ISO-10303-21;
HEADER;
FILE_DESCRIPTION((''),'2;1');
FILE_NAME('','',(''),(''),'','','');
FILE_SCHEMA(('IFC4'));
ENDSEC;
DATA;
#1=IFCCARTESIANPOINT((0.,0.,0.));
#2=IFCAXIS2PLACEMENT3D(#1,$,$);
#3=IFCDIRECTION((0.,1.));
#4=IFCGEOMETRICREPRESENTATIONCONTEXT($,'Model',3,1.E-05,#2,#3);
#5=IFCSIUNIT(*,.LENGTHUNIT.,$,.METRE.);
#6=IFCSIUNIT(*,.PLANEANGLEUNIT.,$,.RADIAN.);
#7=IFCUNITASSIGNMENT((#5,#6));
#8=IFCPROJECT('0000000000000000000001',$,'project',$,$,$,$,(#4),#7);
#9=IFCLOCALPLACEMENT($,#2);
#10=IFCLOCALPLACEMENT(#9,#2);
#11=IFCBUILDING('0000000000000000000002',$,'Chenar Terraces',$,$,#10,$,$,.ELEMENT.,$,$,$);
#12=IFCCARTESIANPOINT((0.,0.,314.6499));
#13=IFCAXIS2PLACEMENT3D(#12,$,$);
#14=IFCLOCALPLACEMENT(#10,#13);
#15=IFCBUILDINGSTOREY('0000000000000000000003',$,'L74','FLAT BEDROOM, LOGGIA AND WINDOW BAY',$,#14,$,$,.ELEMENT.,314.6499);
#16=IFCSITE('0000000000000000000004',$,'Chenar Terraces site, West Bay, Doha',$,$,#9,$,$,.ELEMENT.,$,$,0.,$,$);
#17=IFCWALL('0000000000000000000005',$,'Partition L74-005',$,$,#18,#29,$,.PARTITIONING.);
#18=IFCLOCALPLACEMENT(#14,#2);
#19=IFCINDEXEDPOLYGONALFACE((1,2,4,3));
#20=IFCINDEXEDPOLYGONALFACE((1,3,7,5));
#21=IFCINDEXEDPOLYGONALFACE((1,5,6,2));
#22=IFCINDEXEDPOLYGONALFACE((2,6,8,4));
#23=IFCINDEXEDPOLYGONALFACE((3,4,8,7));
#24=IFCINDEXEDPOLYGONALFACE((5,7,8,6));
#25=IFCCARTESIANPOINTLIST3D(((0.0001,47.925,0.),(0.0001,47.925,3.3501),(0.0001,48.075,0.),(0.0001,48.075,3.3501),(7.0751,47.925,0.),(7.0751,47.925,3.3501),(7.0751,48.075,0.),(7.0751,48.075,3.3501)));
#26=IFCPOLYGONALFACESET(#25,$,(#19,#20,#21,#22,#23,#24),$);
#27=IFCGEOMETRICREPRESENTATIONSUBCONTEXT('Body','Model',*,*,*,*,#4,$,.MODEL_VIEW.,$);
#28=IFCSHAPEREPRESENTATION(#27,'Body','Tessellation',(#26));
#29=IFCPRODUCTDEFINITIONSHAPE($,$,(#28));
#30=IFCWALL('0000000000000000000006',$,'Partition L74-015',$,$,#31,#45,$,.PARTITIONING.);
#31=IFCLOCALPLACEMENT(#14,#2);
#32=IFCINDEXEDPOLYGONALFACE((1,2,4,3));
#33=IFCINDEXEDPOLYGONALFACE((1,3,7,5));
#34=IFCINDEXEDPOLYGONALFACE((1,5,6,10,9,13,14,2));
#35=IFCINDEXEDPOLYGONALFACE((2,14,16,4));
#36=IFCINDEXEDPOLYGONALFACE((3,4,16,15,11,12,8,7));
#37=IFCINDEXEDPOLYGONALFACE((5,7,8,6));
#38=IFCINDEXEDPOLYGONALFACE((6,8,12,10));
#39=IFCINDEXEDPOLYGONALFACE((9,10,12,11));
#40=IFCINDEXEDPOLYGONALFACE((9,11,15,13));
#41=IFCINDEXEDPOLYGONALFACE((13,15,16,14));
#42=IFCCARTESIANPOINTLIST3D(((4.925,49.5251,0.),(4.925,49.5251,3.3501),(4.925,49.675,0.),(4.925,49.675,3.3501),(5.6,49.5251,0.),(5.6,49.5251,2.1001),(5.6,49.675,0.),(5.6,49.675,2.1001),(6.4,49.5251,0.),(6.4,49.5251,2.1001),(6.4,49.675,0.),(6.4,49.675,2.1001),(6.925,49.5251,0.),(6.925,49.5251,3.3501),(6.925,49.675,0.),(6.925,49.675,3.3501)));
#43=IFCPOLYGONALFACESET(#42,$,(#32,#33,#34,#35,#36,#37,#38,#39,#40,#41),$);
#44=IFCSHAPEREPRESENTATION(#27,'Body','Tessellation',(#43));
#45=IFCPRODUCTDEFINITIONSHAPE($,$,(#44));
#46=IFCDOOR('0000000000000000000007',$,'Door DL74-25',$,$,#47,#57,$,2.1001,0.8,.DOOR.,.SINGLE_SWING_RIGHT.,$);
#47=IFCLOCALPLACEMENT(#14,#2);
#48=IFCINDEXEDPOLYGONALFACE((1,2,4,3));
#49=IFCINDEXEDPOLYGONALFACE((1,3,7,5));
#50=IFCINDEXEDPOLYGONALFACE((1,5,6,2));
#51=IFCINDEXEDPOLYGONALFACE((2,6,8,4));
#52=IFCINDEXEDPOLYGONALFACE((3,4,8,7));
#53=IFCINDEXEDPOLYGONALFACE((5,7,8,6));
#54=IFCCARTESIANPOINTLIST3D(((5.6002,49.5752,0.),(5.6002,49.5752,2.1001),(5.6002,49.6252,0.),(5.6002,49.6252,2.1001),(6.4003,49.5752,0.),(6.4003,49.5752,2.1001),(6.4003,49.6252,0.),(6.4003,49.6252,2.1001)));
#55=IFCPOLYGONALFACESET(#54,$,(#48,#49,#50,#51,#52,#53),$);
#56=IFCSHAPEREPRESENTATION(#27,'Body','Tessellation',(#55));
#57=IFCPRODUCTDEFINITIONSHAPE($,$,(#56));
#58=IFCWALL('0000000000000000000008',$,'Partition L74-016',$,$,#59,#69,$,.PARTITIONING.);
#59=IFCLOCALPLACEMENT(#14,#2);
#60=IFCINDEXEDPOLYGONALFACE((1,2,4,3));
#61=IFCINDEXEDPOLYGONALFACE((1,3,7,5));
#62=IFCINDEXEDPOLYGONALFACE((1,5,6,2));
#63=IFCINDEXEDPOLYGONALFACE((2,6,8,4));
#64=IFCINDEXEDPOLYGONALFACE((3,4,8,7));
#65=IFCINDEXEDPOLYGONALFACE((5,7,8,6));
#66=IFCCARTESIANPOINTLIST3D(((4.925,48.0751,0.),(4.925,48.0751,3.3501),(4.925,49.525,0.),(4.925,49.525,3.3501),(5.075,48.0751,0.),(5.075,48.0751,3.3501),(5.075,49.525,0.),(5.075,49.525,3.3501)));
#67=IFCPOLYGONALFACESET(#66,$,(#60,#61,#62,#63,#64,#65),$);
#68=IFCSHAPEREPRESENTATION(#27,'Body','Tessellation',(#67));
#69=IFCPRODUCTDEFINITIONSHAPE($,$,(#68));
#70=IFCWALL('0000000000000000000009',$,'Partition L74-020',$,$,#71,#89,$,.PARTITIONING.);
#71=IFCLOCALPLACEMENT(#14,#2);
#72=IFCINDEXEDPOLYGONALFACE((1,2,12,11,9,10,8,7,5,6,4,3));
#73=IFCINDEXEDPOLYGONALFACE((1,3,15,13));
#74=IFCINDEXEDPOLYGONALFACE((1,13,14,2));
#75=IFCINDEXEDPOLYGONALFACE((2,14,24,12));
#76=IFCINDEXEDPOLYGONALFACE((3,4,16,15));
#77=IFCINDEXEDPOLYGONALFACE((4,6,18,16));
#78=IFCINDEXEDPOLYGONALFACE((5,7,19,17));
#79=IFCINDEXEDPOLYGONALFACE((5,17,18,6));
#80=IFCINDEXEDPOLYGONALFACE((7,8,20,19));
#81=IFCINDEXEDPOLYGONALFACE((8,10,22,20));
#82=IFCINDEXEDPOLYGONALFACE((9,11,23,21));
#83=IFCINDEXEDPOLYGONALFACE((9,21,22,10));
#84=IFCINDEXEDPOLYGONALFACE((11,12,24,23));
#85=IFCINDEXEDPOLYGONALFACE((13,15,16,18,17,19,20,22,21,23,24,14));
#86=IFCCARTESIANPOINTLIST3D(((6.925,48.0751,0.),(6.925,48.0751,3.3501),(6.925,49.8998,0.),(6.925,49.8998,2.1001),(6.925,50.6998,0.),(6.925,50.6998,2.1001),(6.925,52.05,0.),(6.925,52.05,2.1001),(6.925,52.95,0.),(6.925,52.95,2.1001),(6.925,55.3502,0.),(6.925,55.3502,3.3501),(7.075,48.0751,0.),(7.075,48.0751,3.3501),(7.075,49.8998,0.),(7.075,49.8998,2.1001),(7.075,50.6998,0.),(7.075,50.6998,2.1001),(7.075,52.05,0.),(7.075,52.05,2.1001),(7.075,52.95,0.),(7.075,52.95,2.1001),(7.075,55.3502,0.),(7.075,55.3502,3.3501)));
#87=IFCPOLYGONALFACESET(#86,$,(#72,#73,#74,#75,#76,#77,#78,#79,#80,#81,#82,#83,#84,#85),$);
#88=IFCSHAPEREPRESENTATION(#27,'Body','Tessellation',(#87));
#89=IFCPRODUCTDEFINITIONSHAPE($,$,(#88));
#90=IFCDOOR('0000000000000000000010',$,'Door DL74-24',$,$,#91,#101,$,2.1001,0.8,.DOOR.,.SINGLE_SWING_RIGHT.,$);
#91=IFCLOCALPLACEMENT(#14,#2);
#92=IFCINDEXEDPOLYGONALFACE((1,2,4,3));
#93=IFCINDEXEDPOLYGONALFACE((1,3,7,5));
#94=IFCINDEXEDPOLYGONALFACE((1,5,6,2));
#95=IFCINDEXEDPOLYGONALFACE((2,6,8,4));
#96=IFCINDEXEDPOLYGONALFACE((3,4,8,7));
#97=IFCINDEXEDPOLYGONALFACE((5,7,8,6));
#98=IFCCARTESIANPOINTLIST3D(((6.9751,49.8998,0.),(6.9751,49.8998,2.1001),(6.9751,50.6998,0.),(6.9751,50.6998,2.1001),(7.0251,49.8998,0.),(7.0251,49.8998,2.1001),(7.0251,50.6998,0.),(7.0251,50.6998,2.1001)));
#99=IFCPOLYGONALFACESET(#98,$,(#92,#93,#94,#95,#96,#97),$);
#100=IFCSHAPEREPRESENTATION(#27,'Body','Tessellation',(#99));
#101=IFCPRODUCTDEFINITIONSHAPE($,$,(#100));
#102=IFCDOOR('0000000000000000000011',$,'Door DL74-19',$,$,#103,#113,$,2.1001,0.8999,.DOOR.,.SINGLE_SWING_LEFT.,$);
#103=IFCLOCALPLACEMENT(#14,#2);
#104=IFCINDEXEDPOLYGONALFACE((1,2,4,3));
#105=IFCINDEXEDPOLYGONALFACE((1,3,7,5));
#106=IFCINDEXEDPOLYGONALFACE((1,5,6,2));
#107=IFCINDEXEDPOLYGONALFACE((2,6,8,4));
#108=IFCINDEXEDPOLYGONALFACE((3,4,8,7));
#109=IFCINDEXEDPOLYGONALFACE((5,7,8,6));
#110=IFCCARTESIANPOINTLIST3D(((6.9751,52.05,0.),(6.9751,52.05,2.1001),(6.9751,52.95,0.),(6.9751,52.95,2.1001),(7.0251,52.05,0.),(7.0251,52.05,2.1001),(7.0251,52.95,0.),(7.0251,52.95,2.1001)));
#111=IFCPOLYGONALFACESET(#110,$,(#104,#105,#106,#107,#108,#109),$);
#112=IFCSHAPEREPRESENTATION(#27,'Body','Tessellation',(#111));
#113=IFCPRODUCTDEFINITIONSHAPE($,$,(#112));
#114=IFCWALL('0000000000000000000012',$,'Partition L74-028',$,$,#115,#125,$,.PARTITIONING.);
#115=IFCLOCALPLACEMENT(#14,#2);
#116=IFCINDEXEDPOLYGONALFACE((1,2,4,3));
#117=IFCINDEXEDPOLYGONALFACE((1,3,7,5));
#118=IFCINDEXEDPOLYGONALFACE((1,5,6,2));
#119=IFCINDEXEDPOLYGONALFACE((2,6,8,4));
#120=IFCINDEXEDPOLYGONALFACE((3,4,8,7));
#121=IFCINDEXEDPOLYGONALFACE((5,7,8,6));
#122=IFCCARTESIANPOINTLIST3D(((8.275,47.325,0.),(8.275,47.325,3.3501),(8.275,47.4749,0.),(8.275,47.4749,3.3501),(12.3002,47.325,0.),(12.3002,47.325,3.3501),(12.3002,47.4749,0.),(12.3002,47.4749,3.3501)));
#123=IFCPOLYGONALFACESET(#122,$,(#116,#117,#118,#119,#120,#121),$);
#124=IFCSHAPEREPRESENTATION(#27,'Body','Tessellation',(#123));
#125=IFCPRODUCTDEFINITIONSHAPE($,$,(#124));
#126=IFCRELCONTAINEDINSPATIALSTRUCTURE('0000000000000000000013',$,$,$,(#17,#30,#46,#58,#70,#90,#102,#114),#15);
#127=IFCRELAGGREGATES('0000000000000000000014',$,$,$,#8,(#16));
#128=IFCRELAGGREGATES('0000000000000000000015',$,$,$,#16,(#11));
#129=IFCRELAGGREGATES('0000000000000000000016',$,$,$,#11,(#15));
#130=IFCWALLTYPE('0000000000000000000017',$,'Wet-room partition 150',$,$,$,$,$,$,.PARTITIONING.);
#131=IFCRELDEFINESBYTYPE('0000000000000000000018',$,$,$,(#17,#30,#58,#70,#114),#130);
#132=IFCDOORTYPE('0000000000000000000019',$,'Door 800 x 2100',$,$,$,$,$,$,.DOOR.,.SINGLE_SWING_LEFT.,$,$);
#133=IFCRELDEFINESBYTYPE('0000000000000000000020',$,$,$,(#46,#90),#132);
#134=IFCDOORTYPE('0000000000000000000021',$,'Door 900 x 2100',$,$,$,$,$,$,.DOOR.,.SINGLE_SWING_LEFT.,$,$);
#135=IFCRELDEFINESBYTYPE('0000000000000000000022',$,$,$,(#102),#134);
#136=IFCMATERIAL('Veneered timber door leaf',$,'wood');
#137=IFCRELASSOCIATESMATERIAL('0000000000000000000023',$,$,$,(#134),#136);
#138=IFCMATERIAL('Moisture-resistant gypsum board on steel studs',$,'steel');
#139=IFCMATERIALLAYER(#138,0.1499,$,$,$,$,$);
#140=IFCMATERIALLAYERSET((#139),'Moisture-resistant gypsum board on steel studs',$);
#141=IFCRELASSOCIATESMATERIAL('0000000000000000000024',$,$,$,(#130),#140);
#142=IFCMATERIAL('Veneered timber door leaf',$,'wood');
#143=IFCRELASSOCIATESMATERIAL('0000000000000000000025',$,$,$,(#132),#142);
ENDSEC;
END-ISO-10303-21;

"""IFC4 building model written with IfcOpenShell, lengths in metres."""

from ifc_helpers import new_model, si_unit, direction, frame, frame_2d, origin, place, context, subcontext, project, spatial, rectangle, extrude, material, layer, layer_set, type_object, element, fill, save


model = new_model("IFC4")

# Units and contexts
model_context = context("Model", 3, precision=1e-05, world=origin(), true_north=direction((0.0, 1.0)))
body_context = subcontext(model_context, "Body", "Model", "MODEL_VIEW")
ifc_project = project(units=[si_unit("LENGTHUNIT", "METRE"), si_unit("PLANEANGLEUNIT", "RADIAN")], contexts=[model_context])

# Site, building, storey
site_placement = place(None, origin())
site = spatial("IfcSite", under=ifc_project, at=site_placement, Name="Chenar Terraces site, West Bay, Doha", CompositionType="ELEMENT", RefElevation=0.0)
building_placement = place(site_placement, origin())
building = spatial("IfcBuilding", under=site, at=building_placement, Name="Chenar Terraces", CompositionType="ELEMENT")
storey_placement = place(building_placement, frame((0.0, 0.0, 314.6499)))
storey = spatial("IfcBuildingStorey", under=building, at=storey_placement, Name="L74", Description="FLAT BEDROOM, LOGGIA AND WINDOW BAY", CompositionType="ELEMENT", Elevation=314.6499)

# Shared definitions
ifc_material_1 = material(Name="Veneered timber door leaf", Category="wood")
door_type_1 = type_object("IfcDoorType", Name="Door 900 x 2100", OperationType="SINGLE_SWING_LEFT", PredefinedType="DOOR", material=ifc_material_1)

# Wall
ifc_material_2 = material(Name="Moisture-resistant gypsum board on steel studs", Category="steel")
ifc_layer_1 = layer(ifc_material_2, 0.1499)
ifc_layer_set_1 = layer_set([ifc_layer_1], Name="Moisture-resistant gypsum board on steel studs")
wall_type_1 = type_object("IfcWallType", Name="Wet-room partition 150", PredefinedType="PARTITIONING", material=ifc_layer_set_1)
wall_1_placement = place(storey_placement, frame((0.0, 48.0, 0.0), z_axis=(0.0, 0.0, 1.0), x_axis=(1.0, 0.0, 0.0)))
element("IfcWall", 1, at=wall_1_placement, inside=storey, type_object=wall_type_1, Name="Partition L74-005", PredefinedType="PARTITIONING", context=body_context, shape_type="SweptSolid", body=[
    extrude(rectangle(XDim=7.075, YDim=0.1499, at=frame_2d((3.5376, 0.0))), origin(), (0.0, 0.0, 1.0), 3.3501),
])

# Wall, opening, door
wall_2_placement = place(storey_placement, frame((4.925, 49.6001, 0.0), z_axis=(0.0, 0.0, 1.0), x_axis=(1.0, 0.0, 0.0)))
wall_2 = element("IfcWall", 2, at=wall_2_placement, inside=storey, type_object=wall_type_1, Name="Partition L74-015", PredefinedType="PARTITIONING", context=body_context, shape_type="SweptSolid", body=[
    extrude(rectangle(XDim=2.0, YDim=0.1499, at=frame_2d((1.0, 0.0))), origin(), (0.0, 0.0, 1.0), 3.3501),
])
opening_1_placement = place(wall_2_placement, frame((0.675, 0.0, 0.0)))
opening_1 = element("IfcOpeningElement", 3, at=opening_1_placement, cuts=wall_2, PredefinedType="OPENING", context=body_context, shape_type="SweptSolid", body=[
    extrude(rectangle(XDim=0.8, YDim=2.1001, at=frame_2d((0.3999, 1.05))), frame((0.0, 0.085, 0.0), z_axis=(0.0, -1.0, 0.0), x_axis=(1.0, 0.0, 0.0)), (0.0, 0.0, 1.0), 0.1699),
])
ifc_material_3 = material(Name="Veneered timber door leaf", Category="wood")
door_type_2 = type_object("IfcDoorType", Name="Door 800 x 2100", OperationType="SINGLE_SWING_LEFT", PredefinedType="DOOR", material=ifc_material_3)
door_1_placement = place(opening_1_placement, frame((0.8, 0.0, 0.0), z_axis=(0.0, 0.0, 1.0), x_axis=(-1.0, 0.0, 0.0)))
door_1 = element("IfcDoor", 4, at=door_1_placement, inside=storey, type_object=door_type_2, Name="Door DL74-25", OperationType="SINGLE_SWING_RIGHT", OverallHeight=2.1001, OverallWidth=0.8, PredefinedType="DOOR", context=body_context, shape_type="SweptSolid", body=[
    extrude(rectangle(XDim=0.8, YDim=2.1001, at=frame_2d((0.3999, 1.05))), frame((0.0, 0.0249, 0.0), z_axis=(0.0, -1.0, 0.0), x_axis=(1.0, 0.0, 0.0)), (0.0, 0.0, 1.0), 0.05),
])
fill(opening_1, door_1)

# Wall
wall_3_placement = place(storey_placement, frame((5.0, 48.075, 0.0), z_axis=(0.0, 0.0, 1.0), x_axis=(0.0, 1.0, 0.0)))
element("IfcWall", 5, at=wall_3_placement, inside=storey, type_object=wall_type_1, Name="Partition L74-016", PredefinedType="PARTITIONING", context=body_context, shape_type="SweptSolid", body=[
    extrude(rectangle(XDim=1.45, YDim=0.1499, at=frame_2d((0.7251, 0.0))), origin(), (0.0, 0.0, 1.0), 3.3501),
])

# Wall, openings, doors
wall_4_placement = place(storey_placement, frame((7.0, 48.075, 0.0), z_axis=(0.0, 0.0, 1.0), x_axis=(0.0, 1.0, 0.0)))
wall_4 = element("IfcWall", 6, at=wall_4_placement, inside=storey, type_object=wall_type_1, Name="Partition L74-020", PredefinedType="PARTITIONING", context=body_context, shape_type="SweptSolid", body=[
    extrude(rectangle(XDim=7.2751, YDim=0.1499, at=frame_2d((3.6377, 0.0))), origin(), (0.0, 0.0, 1.0), 3.3501),
])
opening_2_placement = place(wall_4_placement, frame((3.9751, 0.0, 0.0)))
opening_2 = element("IfcOpeningElement", 7, at=opening_2_placement, cuts=wall_4, PredefinedType="OPENING", context=body_context, shape_type="SweptSolid", body=[
    extrude(rectangle(XDim=0.8999, YDim=2.1001, at=frame_2d((0.45, 1.05))), frame((0.0, 0.085, 0.0), z_axis=(0.0, -1.0, 0.0), x_axis=(1.0, 0.0, 0.0)), (0.0, 0.0, 1.0), 0.1699),
])
opening_3_placement = place(wall_4_placement, frame((1.825, 0.0, 0.0)))
opening_3 = element("IfcOpeningElement", 8, at=opening_3_placement, cuts=wall_4, PredefinedType="OPENING", context=body_context, shape_type="SweptSolid", body=[
    extrude(rectangle(XDim=0.8, YDim=2.1001, at=frame_2d((0.3999, 1.05))), frame((0.0, 0.085, 0.0), z_axis=(0.0, -1.0, 0.0), x_axis=(1.0, 0.0, 0.0)), (0.0, 0.0, 1.0), 0.1699),
])
door_2_placement = place(opening_3_placement, origin())
door_2 = element("IfcDoor", 9, at=door_2_placement, inside=storey, type_object=door_type_2, Name="Door DL74-24", OperationType="SINGLE_SWING_RIGHT", OverallHeight=2.1001, OverallWidth=0.8, PredefinedType="DOOR", context=body_context, shape_type="SweptSolid", body=[
    extrude(rectangle(XDim=0.8, YDim=2.1001, at=frame_2d((0.3999, 1.05))), frame((0.0, 0.0249, 0.0), z_axis=(0.0, -1.0, 0.0), x_axis=(1.0, 0.0, 0.0)), (0.0, 0.0, 1.0), 0.05),
])
fill(opening_3, door_2)
door_3_placement = place(opening_2_placement, origin())
door_3 = element("IfcDoor", 10, at=door_3_placement, inside=storey, type_object=door_type_1, Name="Door DL74-19", OperationType="SINGLE_SWING_LEFT", OverallHeight=2.1001, OverallWidth=0.8999, PredefinedType="DOOR", context=body_context, shape_type="SweptSolid", body=[
    extrude(rectangle(XDim=0.8999, YDim=2.1001, at=frame_2d((0.45, 1.05))), frame((0.0, 0.0249, 0.0), z_axis=(0.0, -1.0, 0.0), x_axis=(1.0, 0.0, 0.0)), (0.0, 0.0, 1.0), 0.05),
])
fill(opening_2, door_3)

# Wall
wall_5_placement = place(storey_placement, frame((8.2749, 47.3999, 0.0), z_axis=(0.0, 0.0, 1.0), x_axis=(1.0, 0.0, 0.0)))
element("IfcWall", 11, at=wall_5_placement, inside=storey, type_object=wall_type_1, Name="Partition L74-028", PredefinedType="PARTITIONING", context=body_context, shape_type="SweptSolid", body=[
    extrude(rectangle(XDim=4.0251, YDim=0.1499, at=frame_2d((2.0127, 0.0))), origin(), (0.0, 0.0, 1.0), 3.3501),
])

save(model, "model.ifc")
